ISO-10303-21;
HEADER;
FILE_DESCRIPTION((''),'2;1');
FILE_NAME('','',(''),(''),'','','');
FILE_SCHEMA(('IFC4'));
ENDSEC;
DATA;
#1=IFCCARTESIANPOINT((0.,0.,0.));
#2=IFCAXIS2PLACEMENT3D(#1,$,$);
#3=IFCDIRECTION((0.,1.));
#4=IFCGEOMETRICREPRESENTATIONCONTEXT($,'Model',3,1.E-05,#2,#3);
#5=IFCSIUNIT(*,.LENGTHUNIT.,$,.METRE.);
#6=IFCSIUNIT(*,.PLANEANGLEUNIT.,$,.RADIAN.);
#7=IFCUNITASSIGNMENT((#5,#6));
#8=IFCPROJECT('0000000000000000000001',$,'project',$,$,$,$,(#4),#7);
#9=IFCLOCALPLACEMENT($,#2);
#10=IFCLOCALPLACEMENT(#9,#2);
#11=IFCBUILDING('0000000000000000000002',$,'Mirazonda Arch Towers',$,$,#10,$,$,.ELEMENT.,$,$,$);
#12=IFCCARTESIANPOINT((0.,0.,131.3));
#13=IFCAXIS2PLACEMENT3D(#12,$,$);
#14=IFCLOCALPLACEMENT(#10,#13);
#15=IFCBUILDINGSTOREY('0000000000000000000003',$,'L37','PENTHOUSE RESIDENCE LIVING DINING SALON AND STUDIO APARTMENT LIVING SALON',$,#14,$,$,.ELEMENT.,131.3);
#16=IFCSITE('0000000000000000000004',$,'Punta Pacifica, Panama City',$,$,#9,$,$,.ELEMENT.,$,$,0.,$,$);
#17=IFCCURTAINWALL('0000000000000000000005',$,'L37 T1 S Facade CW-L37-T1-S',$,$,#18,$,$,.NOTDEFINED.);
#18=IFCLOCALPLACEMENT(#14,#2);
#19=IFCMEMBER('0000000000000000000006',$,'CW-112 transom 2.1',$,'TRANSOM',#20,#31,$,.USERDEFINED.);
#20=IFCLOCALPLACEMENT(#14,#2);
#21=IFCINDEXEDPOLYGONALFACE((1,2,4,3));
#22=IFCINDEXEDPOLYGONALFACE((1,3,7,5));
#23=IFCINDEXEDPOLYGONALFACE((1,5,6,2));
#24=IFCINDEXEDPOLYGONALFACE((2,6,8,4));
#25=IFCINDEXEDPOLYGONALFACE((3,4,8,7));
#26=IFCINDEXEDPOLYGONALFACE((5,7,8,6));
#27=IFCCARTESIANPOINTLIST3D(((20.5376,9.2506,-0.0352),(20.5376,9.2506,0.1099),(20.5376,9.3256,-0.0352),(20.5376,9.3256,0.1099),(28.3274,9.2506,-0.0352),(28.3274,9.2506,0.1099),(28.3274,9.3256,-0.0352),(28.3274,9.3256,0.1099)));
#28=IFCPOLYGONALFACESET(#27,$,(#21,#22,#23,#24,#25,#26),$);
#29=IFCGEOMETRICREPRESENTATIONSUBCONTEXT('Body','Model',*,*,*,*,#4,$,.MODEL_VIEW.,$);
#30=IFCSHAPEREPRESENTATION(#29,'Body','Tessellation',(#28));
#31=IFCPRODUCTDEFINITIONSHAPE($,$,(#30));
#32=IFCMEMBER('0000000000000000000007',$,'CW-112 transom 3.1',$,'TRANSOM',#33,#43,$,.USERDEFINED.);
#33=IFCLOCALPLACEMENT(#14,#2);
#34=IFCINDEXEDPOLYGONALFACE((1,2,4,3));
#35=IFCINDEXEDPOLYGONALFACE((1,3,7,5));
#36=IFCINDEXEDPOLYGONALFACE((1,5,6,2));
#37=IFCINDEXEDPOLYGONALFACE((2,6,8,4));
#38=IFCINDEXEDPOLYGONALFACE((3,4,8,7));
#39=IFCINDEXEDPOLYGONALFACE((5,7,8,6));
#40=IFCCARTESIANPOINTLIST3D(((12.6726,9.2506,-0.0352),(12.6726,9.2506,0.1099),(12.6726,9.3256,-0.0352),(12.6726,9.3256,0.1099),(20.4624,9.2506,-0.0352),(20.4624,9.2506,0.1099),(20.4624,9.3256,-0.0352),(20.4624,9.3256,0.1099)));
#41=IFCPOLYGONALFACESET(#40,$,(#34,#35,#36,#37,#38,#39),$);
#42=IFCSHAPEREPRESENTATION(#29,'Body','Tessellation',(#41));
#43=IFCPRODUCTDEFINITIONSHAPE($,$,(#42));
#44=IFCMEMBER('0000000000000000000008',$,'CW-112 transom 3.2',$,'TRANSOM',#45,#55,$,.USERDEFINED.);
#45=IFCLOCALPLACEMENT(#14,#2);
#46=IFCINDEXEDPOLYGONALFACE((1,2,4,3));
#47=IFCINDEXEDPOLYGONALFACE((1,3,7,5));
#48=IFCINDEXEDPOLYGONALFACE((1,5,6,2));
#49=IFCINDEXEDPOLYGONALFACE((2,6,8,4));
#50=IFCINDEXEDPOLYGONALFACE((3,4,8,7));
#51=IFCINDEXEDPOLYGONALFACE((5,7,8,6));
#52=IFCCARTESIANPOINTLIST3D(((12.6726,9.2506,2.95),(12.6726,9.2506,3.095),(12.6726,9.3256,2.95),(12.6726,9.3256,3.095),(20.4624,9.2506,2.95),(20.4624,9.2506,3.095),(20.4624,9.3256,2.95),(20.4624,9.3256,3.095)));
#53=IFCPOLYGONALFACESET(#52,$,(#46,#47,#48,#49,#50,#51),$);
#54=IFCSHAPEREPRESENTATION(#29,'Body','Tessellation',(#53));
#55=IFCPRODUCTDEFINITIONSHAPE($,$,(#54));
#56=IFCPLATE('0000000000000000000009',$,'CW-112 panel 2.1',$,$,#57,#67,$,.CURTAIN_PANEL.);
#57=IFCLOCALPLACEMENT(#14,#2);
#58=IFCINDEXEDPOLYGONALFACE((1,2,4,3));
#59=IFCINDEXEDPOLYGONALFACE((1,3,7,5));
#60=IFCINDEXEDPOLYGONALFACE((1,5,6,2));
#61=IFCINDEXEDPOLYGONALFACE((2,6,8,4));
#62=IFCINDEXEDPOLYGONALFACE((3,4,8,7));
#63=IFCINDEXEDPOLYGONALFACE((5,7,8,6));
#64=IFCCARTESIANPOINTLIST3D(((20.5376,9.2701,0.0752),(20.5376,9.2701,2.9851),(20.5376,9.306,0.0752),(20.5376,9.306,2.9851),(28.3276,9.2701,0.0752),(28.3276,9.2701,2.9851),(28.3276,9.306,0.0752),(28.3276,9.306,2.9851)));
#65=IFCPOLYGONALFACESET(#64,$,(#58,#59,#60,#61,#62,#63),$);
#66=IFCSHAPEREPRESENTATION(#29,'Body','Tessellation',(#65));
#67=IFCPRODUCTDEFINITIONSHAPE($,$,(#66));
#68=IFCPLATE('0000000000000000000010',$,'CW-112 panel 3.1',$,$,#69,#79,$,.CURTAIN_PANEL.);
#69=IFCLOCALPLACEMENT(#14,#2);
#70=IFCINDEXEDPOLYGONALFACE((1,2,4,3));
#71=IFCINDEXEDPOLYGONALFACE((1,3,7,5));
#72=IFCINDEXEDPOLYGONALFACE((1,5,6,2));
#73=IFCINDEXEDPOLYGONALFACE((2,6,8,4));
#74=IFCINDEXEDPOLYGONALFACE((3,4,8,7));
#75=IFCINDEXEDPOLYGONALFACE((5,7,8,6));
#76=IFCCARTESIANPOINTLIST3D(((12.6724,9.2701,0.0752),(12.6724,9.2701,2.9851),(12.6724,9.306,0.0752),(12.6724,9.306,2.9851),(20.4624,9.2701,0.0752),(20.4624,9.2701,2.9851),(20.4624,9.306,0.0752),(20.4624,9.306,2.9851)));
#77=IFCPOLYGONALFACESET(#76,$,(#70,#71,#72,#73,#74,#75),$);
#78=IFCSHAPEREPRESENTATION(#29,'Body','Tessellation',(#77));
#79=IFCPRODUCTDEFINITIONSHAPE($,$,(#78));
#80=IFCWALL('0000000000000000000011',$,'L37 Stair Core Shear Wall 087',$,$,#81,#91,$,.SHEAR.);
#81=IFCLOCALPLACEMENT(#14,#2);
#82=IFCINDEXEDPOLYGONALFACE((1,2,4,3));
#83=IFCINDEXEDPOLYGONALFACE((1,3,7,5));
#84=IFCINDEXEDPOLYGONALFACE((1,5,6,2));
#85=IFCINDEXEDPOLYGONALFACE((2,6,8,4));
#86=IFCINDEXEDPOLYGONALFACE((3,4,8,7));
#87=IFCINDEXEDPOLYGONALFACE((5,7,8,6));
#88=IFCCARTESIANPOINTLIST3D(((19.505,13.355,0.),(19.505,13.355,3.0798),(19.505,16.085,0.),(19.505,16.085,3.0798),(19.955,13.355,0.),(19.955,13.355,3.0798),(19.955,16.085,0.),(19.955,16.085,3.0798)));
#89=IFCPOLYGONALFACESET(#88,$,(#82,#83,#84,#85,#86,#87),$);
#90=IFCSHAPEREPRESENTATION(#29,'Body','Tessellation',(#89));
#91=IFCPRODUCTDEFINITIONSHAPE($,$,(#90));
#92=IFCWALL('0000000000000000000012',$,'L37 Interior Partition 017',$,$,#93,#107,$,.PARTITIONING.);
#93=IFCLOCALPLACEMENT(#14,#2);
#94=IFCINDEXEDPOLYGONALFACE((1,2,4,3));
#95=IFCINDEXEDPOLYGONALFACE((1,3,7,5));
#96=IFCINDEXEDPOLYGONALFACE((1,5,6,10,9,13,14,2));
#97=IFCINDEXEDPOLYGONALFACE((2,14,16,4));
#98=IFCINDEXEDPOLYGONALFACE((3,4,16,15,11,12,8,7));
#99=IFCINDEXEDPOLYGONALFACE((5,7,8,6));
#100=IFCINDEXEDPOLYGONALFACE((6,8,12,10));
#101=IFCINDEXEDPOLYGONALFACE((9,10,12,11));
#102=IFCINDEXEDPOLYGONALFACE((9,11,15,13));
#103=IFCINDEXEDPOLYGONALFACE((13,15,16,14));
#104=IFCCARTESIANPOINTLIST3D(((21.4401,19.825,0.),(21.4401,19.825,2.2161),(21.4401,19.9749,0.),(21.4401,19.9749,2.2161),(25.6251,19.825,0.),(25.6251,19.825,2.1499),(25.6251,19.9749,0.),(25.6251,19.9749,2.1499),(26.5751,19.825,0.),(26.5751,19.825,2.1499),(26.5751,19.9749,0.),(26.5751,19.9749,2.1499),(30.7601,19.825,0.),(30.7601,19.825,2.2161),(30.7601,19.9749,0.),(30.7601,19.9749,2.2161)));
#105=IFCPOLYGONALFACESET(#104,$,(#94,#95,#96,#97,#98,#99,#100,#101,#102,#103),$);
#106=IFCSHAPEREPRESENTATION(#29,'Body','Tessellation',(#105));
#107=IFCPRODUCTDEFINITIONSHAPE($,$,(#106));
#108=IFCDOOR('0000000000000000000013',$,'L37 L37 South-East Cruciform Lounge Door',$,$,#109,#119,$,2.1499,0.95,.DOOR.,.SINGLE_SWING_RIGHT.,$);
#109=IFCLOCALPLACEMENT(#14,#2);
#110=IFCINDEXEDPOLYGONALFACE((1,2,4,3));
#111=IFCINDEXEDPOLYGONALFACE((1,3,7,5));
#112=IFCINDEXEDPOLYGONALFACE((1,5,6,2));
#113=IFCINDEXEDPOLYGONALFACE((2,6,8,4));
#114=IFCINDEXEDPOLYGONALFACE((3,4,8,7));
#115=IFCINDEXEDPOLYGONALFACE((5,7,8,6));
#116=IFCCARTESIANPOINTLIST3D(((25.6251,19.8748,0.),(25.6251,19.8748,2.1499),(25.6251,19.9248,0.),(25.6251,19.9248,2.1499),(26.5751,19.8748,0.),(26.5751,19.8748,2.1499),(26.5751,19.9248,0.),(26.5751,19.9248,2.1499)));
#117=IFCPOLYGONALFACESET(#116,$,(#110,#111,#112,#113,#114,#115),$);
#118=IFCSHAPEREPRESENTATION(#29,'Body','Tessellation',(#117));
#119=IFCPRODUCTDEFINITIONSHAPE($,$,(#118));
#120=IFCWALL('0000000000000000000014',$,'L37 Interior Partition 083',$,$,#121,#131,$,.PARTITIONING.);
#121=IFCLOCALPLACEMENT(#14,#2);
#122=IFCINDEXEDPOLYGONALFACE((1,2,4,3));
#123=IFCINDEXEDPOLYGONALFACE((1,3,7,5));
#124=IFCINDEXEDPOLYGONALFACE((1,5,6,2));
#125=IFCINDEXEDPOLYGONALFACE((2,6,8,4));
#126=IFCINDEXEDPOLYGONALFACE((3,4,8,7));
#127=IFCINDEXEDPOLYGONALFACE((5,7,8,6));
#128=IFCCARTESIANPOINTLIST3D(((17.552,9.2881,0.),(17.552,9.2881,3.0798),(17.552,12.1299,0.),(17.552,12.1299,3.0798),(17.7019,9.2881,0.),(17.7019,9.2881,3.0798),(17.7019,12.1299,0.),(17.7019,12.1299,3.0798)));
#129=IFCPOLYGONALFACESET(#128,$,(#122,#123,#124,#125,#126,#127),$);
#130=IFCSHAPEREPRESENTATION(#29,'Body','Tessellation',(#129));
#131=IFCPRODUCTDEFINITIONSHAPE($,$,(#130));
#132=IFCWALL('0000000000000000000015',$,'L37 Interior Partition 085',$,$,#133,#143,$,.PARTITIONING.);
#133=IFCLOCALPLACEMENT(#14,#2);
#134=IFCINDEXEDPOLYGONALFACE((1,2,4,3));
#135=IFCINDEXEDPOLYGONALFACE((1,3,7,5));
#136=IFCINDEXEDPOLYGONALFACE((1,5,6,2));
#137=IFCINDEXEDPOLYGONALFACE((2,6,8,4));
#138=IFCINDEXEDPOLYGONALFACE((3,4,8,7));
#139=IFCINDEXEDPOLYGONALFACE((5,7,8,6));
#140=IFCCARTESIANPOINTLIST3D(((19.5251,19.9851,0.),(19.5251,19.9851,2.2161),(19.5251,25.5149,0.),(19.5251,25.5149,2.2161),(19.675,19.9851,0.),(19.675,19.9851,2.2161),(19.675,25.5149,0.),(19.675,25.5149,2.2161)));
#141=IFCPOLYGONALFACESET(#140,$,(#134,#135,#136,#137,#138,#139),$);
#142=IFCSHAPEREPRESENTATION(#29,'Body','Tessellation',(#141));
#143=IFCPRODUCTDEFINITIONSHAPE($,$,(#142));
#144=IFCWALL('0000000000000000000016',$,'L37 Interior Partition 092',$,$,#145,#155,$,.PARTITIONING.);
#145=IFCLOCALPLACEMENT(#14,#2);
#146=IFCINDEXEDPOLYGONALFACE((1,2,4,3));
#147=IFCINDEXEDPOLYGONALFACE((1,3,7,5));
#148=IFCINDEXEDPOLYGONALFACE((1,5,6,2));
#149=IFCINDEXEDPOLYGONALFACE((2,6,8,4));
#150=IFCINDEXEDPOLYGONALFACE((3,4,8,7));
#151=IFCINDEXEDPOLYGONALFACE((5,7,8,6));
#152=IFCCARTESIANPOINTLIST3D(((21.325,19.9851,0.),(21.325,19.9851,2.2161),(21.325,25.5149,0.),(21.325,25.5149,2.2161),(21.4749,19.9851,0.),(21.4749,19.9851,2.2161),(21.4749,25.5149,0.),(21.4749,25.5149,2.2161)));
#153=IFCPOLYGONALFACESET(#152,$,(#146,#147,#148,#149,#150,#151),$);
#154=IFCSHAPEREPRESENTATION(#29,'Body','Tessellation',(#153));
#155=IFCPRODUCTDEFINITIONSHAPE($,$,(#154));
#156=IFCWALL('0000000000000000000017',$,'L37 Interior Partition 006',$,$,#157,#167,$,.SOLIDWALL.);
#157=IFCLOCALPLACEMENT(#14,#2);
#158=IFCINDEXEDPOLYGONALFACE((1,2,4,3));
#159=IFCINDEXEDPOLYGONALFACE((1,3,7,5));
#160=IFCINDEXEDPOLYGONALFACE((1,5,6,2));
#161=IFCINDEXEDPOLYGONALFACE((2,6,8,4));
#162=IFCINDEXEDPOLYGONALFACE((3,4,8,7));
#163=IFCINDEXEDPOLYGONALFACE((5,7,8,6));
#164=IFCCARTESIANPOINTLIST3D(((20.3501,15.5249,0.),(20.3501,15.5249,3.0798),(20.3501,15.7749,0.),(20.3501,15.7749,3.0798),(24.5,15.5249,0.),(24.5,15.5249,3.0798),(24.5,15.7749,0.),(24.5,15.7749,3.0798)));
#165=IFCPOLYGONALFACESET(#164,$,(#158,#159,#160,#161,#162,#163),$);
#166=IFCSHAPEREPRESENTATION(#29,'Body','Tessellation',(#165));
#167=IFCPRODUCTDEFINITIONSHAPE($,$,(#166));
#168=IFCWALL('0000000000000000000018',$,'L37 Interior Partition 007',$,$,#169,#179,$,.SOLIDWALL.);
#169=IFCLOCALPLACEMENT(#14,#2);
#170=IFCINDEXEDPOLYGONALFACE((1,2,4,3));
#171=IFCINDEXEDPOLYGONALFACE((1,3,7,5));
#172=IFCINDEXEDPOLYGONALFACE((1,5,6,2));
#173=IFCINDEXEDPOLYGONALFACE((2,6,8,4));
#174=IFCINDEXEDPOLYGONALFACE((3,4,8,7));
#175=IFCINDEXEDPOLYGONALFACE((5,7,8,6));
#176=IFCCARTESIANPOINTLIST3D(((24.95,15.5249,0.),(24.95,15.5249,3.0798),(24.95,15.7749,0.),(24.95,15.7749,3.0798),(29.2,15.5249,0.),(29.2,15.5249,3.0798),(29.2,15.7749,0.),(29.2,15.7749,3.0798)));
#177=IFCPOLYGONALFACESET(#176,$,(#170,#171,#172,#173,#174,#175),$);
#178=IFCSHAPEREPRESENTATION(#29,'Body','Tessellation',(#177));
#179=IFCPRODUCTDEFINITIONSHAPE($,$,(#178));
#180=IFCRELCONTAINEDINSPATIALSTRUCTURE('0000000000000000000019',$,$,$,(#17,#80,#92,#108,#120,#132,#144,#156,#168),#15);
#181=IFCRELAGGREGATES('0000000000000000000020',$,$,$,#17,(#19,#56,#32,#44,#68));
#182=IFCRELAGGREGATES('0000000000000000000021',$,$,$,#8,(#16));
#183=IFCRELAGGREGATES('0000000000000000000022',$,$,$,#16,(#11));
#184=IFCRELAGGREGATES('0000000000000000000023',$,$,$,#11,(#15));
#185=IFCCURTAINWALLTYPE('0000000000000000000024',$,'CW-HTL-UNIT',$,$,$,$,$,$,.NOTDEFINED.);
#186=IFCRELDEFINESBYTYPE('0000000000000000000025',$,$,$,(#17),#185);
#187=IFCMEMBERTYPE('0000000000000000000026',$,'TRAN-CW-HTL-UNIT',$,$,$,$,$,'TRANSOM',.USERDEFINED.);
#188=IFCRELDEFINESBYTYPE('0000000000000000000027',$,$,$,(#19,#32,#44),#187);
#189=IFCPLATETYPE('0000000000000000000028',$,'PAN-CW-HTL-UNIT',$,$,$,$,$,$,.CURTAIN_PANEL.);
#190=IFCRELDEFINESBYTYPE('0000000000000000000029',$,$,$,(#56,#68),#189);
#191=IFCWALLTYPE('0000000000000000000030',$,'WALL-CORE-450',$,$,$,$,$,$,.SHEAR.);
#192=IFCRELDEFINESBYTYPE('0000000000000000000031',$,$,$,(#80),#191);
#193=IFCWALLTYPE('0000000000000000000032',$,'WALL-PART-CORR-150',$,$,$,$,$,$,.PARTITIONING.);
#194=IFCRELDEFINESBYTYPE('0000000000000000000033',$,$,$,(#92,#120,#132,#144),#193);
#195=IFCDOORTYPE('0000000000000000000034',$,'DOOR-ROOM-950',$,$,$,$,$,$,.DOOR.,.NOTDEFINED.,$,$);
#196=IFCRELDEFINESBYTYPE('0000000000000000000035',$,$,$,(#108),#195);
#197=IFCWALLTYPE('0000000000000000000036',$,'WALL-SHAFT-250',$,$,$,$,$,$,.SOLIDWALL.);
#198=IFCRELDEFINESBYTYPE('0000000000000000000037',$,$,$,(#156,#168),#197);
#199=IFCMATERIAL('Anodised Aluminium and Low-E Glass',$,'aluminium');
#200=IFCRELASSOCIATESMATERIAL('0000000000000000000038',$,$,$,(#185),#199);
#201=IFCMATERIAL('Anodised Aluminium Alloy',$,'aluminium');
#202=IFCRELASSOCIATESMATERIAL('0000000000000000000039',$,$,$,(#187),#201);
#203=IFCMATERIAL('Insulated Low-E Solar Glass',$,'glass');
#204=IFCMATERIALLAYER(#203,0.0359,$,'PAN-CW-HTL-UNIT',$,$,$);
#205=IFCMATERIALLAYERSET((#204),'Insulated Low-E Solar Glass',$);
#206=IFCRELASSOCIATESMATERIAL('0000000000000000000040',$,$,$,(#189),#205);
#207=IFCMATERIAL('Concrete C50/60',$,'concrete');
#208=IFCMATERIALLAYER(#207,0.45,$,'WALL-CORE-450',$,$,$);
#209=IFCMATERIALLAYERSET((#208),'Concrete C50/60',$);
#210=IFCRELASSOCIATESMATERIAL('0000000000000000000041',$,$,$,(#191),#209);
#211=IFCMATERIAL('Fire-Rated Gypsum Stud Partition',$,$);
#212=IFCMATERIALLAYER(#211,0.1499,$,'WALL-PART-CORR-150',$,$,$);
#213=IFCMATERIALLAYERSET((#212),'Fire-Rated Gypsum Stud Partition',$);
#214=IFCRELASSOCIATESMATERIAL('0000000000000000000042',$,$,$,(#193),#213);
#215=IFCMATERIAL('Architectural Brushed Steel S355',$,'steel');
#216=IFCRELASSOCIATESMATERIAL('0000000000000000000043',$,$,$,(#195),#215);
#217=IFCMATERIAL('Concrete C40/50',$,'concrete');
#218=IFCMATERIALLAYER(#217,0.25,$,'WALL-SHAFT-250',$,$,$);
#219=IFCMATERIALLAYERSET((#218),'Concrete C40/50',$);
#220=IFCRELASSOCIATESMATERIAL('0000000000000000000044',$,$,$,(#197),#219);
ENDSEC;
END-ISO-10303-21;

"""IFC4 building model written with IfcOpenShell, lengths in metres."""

from ifc_helpers import new_model, si_unit, direction, frame, frame_2d, origin, origin_2d, place, context, subcontext, project, spatial, rectangle, extrude, material, layer, layer_set, material_profile, profile_set, type_object, element, fill, aggregate, save


model = new_model("IFC4")

# Units and contexts
model_context = context("Model", 3, precision=1e-05, world=origin(), true_north=direction((0.0, 1.0)))
body_context = subcontext(model_context, "Body", "Model", "MODEL_VIEW")
ifc_project = project(units=[si_unit("LENGTHUNIT", "METRE"), si_unit("PLANEANGLEUNIT", "RADIAN")], contexts=[model_context])

# Site, building, storey
site_placement = place(None, origin())
site = spatial("IfcSite", under=ifc_project, at=site_placement, Name="Punta Pacifica, Panama City", CompositionType="ELEMENT", RefElevation=0.0)
building_placement = place(site_placement, origin())
building = spatial("IfcBuilding", under=site, at=building_placement, Name="Mirazonda Arch Towers", CompositionType="ELEMENT")
storey_placement = place(building_placement, frame((0.0, 0.0, 131.3)))
storey = spatial("IfcBuildingStorey", under=building, at=storey_placement, Name="L37", Description="PENTHOUSE RESIDENCE LIVING DINING SALON AND STUDIO APARTMENT LIVING SALON", CompositionType="ELEMENT", Elevation=131.3)

# Shared definitions
ifc_material_1 = material(Name="Concrete C50/60", Category="concrete")

# Curtain wall, members, plates
ifc_material_2 = material(Name="Anodised Aluminium and Low-E Glass", Category="aluminium")
curtain_wall_type = type_object("IfcCurtainWallType", Name="CW-HTL-UNIT", PredefinedType="NOTDEFINED", material=ifc_material_2)
curtain_wall_placement = place(storey_placement, origin())
curtain_wall = element("IfcCurtainWall", 1, at=curtain_wall_placement, inside=storey, type_object=curtain_wall_type, Name="L37 T1 S Facade CW-L37-T1-S", PredefinedType="NOTDEFINED")
ifc_material_3 = material(Name="Anodised Aluminium Alloy", Category="aluminium")
ifc_material_profile_1 = material_profile(ifc_material_3, rectangle(XDim=0.075, YDim=0.145, at=origin_2d()), Name="ALU-TRAN-75x145")
ifc_profile_set_1 = profile_set([ifc_material_profile_1], Name="Anodised Aluminium Alloy")
member_type_1 = type_object("IfcMemberType", Name="TRAN-CW-HTL-UNIT", ElementType="TRANSOM", PredefinedType="USERDEFINED", material=ifc_profile_set_1)
member_1_placement = place(storey_placement, frame((28.3274, 9.2881, 0.0374), z_axis=(-1.0, 0.0, 0.0), x_axis=(0.0, -1.0, 0.0)))
member_1 = element("IfcMember", 2, at=member_1_placement, type_object=member_type_1, Name="CW-112 transom 2.1", ObjectType="TRANSOM", PredefinedType="USERDEFINED", context=body_context, shape_type="SweptSolid", body=[
    extrude(rectangle(XDim=0.075, YDim=0.145, at=origin_2d()), origin(), (0.0, 0.0, 1.0), 7.7898),
])
member_2_placement = place(storey_placement, frame((20.4624, 9.2881, 0.0374), z_axis=(-1.0, 0.0, 0.0), x_axis=(0.0, -1.0, 0.0)))
member_2 = element("IfcMember", 3, at=member_2_placement, type_object=member_type_1, Name="CW-112 transom 3.1", ObjectType="TRANSOM", PredefinedType="USERDEFINED", context=body_context, shape_type="SweptSolid", body=[
    extrude(rectangle(XDim=0.075, YDim=0.145, at=origin_2d()), origin(), (0.0, 0.0, 1.0), 7.7898),
])
member_3_placement = place(storey_placement, frame((20.4624, 9.2881, 3.0225), z_axis=(-1.0, 0.0, 0.0), x_axis=(0.0, -1.0, 0.0)))
member_3 = element("IfcMember", 4, at=member_3_placement, type_object=member_type_1, Name="CW-112 transom 3.2", ObjectType="TRANSOM", PredefinedType="USERDEFINED", context=body_context, shape_type="SweptSolid", body=[
    extrude(rectangle(XDim=0.075, YDim=0.145, at=origin_2d()), origin(), (0.0, 0.0, 1.0), 7.7898),
])
ifc_material_4 = material(Name="Insulated Low-E Solar Glass", Category="glass")
ifc_layer_1 = layer(ifc_material_4, 0.0359, Name="PAN-CW-HTL-UNIT")
ifc_layer_set_1 = layer_set([ifc_layer_1], Name="Insulated Low-E Solar Glass")
plate_type = type_object("IfcPlateType", Name="PAN-CW-HTL-UNIT", PredefinedType="CURTAIN_PANEL", material=ifc_layer_set_1)
plate_1_placement = place(storey_placement, frame((24.4326, 9.2881, 0.0752), z_axis=(0.0, 0.0, 1.0), x_axis=(-1.0, 0.0, 0.0)))
plate_1 = element("IfcPlate", 5, at=plate_1_placement, type_object=plate_type, Name="CW-112 panel 2.1", PredefinedType="CURTAIN_PANEL", context=body_context, shape_type="SweptSolid", body=[
    extrude(rectangle(XDim=7.79, YDim=0.0359, at=origin_2d()), origin(), (0.0, 0.0, 1.0), 2.9099),
])
plate_2_placement = place(storey_placement, frame((16.5674, 9.2881, 0.0752), z_axis=(0.0, 0.0, 1.0), x_axis=(-1.0, 0.0, 0.0)))
plate_2 = element("IfcPlate", 6, at=plate_2_placement, type_object=plate_type, Name="CW-112 panel 3.1", PredefinedType="CURTAIN_PANEL", context=body_context, shape_type="SweptSolid", body=[
    extrude(rectangle(XDim=7.79, YDim=0.0359, at=origin_2d()), origin(), (0.0, 0.0, 1.0), 2.9099),
])
aggregate(curtain_wall, [member_1, plate_1, member_2, member_3, plate_2])

# Wall
ifc_layer_2 = layer(ifc_material_1, 0.45, Name="WALL-CORE-450")
ifc_layer_set_2 = layer_set([ifc_layer_2], Name="Concrete C50/60")
wall_type_1 = type_object("IfcWallType", Name="WALL-CORE-450", PredefinedType="SHEAR", material=ifc_layer_set_2)
wall_1_placement = place(storey_placement, frame((19.73, 13.355, 0.0), z_axis=(0.0, 0.0, 1.0), x_axis=(0.0, 1.0, 0.0)))
element("IfcWall", 7, at=wall_1_placement, inside=storey, type_object=wall_type_1, Name="L37 Stair Core Shear Wall 087", PredefinedType="SHEAR", context=body_context, shape_type="SweptSolid", body=[
    extrude(rectangle(XDim=2.73, YDim=0.45, at=frame_2d((1.365, 0.0))), origin(), (0.0, 0.0, 1.0), 3.0798),
])

# Wall, opening, door
ifc_material_5 = material(Name="Fire-Rated Gypsum Stud Partition")
ifc_layer_3 = layer(ifc_material_5, 0.1499, Name="WALL-PART-CORR-150")
ifc_layer_set_3 = layer_set([ifc_layer_3], Name="Fire-Rated Gypsum Stud Partition")
wall_type_2 = type_object("IfcWallType", Name="WALL-PART-CORR-150", PredefinedType="PARTITIONING", material=ifc_layer_set_3)
wall_2_placement = place(storey_placement, frame((21.4399, 19.8999, 0.0), z_axis=(0.0, 0.0, 1.0), x_axis=(1.0, 0.0, 0.0)))
wall_2 = element("IfcWall", 8, at=wall_2_placement, inside=storey, type_object=wall_type_2, Name="L37 Interior Partition 017", PredefinedType="PARTITIONING", context=body_context, shape_type="SweptSolid", body=[
    extrude(rectangle(XDim=9.3201, YDim=0.1499, at=frame_2d((4.6602, 0.0))), origin(), (0.0, 0.0, 1.0), 2.2161),
])
opening_placement = place(wall_2_placement, frame((4.1851, 0.0, 0.0)))
opening = element("IfcOpeningElement", 9, at=opening_placement, cuts=wall_2, PredefinedType="OPENING", context=body_context, shape_type="SweptSolid", body=[
    extrude(rectangle(XDim=0.95, YDim=2.1499, at=frame_2d((0.4751, 1.075))), frame((0.0, 0.085, 0.0), z_axis=(0.0, -1.0, 0.0), x_axis=(1.0, 0.0, 0.0)), (0.0, 0.0, 1.0), 0.1699),
])
ifc_material_6 = material(Name="Architectural Brushed Steel S355", Category="steel")
door_type = type_object("IfcDoorType", Name="DOOR-ROOM-950", OperationType="NOTDEFINED", PredefinedType="DOOR", material=ifc_material_6)
door_placement = place(opening_placement, origin())
door = element("IfcDoor", 10, at=door_placement, inside=storey, type_object=door_type, Name="L37 L37 South-East Cruciform Lounge Door", OperationType="SINGLE_SWING_RIGHT", OverallHeight=2.1499, OverallWidth=0.95, PredefinedType="DOOR", context=body_context, shape_type="SweptSolid", body=[
    extrude(rectangle(XDim=0.95, YDim=2.1499, at=frame_2d((0.4751, 1.075))), frame((0.0, 0.0249, 0.0), z_axis=(0.0, -1.0, 0.0), x_axis=(1.0, 0.0, 0.0)), (0.0, 0.0, 1.0), 0.05),
])
fill(opening, door)

# Walls
wall_3_placement = place(storey_placement, frame((17.627, 9.2881, 0.0), z_axis=(0.0, 0.0, 1.0), x_axis=(0.0, 1.0, 0.0)))
element("IfcWall", 11, at=wall_3_placement, inside=storey, type_object=wall_type_2, Name="L37 Interior Partition 083", PredefinedType="PARTITIONING", context=body_context, shape_type="SweptSolid", body=[
    extrude(rectangle(XDim=2.8418, YDim=0.1499, at=frame_2d((1.4209, 0.0))), origin(), (0.0, 0.0, 1.0), 3.0798),
])
for number, where, z_axis, x_axis, name in (
    (12, (19.6001, 19.9851, 0.0), (0.0, 0.0, 1.0), (0.0, 1.0, 0.0), "L37 Interior Partition 085"),
    (13, (21.3999, 19.9851, 0.0), (0.0, 0.0, 1.0), (0.0, 1.0, 0.0), "L37 Interior Partition 092"),
):
    element("IfcWall", number, at=place(storey_placement, frame(where, z_axis=z_axis, x_axis=x_axis)), inside=storey, type_object=wall_type_2, Name=name, PredefinedType="PARTITIONING", context=body_context, shape_type="SweptSolid", body=[
        extrude(rectangle(XDim=5.5298, YDim=0.1499, at=frame_2d((2.7649, 0.0))), origin(), (0.0, 0.0, 1.0), 2.2161),
    ])
ifc_material_7 = material(Name="Concrete C40/50", Category="concrete")
ifc_layer_4 = layer(ifc_material_7, 0.25, Name="WALL-SHAFT-250")
ifc_layer_set_4 = layer_set([ifc_layer_4], Name="Concrete C40/50")
wall_type_3 = type_object("IfcWallType", Name="WALL-SHAFT-250", PredefinedType="SOLIDWALL", material=ifc_layer_set_4)
wall_4_placement = place(storey_placement, frame((20.3501, 15.6499, 0.0), z_axis=(0.0, 0.0, 1.0), x_axis=(1.0, 0.0, 0.0)))
element("IfcWall", 14, at=wall_4_placement, inside=storey, type_object=wall_type_3, Name="L37 Interior Partition 006", PredefinedType="SOLIDWALL", context=body_context, shape_type="SweptSolid", body=[
    extrude(rectangle(XDim=4.1499, YDim=0.25, at=frame_2d((2.075, 0.0))), origin(), (0.0, 0.0, 1.0), 3.0798),
])
wall_5_placement = place(storey_placement, frame((24.95, 15.6499, 0.0), z_axis=(0.0, 0.0, 1.0), x_axis=(1.0, 0.0, 0.0)))
element("IfcWall", 15, at=wall_5_placement, inside=storey, type_object=wall_type_3, Name="L37 Interior Partition 007", PredefinedType="SOLIDWALL", context=body_context, shape_type="SweptSolid", body=[
    extrude(rectangle(XDim=4.25, YDim=0.25, at=frame_2d((2.125, 0.0))), origin(), (0.0, 0.0, 1.0), 3.0798),
])

save(model, "model.ifc")
